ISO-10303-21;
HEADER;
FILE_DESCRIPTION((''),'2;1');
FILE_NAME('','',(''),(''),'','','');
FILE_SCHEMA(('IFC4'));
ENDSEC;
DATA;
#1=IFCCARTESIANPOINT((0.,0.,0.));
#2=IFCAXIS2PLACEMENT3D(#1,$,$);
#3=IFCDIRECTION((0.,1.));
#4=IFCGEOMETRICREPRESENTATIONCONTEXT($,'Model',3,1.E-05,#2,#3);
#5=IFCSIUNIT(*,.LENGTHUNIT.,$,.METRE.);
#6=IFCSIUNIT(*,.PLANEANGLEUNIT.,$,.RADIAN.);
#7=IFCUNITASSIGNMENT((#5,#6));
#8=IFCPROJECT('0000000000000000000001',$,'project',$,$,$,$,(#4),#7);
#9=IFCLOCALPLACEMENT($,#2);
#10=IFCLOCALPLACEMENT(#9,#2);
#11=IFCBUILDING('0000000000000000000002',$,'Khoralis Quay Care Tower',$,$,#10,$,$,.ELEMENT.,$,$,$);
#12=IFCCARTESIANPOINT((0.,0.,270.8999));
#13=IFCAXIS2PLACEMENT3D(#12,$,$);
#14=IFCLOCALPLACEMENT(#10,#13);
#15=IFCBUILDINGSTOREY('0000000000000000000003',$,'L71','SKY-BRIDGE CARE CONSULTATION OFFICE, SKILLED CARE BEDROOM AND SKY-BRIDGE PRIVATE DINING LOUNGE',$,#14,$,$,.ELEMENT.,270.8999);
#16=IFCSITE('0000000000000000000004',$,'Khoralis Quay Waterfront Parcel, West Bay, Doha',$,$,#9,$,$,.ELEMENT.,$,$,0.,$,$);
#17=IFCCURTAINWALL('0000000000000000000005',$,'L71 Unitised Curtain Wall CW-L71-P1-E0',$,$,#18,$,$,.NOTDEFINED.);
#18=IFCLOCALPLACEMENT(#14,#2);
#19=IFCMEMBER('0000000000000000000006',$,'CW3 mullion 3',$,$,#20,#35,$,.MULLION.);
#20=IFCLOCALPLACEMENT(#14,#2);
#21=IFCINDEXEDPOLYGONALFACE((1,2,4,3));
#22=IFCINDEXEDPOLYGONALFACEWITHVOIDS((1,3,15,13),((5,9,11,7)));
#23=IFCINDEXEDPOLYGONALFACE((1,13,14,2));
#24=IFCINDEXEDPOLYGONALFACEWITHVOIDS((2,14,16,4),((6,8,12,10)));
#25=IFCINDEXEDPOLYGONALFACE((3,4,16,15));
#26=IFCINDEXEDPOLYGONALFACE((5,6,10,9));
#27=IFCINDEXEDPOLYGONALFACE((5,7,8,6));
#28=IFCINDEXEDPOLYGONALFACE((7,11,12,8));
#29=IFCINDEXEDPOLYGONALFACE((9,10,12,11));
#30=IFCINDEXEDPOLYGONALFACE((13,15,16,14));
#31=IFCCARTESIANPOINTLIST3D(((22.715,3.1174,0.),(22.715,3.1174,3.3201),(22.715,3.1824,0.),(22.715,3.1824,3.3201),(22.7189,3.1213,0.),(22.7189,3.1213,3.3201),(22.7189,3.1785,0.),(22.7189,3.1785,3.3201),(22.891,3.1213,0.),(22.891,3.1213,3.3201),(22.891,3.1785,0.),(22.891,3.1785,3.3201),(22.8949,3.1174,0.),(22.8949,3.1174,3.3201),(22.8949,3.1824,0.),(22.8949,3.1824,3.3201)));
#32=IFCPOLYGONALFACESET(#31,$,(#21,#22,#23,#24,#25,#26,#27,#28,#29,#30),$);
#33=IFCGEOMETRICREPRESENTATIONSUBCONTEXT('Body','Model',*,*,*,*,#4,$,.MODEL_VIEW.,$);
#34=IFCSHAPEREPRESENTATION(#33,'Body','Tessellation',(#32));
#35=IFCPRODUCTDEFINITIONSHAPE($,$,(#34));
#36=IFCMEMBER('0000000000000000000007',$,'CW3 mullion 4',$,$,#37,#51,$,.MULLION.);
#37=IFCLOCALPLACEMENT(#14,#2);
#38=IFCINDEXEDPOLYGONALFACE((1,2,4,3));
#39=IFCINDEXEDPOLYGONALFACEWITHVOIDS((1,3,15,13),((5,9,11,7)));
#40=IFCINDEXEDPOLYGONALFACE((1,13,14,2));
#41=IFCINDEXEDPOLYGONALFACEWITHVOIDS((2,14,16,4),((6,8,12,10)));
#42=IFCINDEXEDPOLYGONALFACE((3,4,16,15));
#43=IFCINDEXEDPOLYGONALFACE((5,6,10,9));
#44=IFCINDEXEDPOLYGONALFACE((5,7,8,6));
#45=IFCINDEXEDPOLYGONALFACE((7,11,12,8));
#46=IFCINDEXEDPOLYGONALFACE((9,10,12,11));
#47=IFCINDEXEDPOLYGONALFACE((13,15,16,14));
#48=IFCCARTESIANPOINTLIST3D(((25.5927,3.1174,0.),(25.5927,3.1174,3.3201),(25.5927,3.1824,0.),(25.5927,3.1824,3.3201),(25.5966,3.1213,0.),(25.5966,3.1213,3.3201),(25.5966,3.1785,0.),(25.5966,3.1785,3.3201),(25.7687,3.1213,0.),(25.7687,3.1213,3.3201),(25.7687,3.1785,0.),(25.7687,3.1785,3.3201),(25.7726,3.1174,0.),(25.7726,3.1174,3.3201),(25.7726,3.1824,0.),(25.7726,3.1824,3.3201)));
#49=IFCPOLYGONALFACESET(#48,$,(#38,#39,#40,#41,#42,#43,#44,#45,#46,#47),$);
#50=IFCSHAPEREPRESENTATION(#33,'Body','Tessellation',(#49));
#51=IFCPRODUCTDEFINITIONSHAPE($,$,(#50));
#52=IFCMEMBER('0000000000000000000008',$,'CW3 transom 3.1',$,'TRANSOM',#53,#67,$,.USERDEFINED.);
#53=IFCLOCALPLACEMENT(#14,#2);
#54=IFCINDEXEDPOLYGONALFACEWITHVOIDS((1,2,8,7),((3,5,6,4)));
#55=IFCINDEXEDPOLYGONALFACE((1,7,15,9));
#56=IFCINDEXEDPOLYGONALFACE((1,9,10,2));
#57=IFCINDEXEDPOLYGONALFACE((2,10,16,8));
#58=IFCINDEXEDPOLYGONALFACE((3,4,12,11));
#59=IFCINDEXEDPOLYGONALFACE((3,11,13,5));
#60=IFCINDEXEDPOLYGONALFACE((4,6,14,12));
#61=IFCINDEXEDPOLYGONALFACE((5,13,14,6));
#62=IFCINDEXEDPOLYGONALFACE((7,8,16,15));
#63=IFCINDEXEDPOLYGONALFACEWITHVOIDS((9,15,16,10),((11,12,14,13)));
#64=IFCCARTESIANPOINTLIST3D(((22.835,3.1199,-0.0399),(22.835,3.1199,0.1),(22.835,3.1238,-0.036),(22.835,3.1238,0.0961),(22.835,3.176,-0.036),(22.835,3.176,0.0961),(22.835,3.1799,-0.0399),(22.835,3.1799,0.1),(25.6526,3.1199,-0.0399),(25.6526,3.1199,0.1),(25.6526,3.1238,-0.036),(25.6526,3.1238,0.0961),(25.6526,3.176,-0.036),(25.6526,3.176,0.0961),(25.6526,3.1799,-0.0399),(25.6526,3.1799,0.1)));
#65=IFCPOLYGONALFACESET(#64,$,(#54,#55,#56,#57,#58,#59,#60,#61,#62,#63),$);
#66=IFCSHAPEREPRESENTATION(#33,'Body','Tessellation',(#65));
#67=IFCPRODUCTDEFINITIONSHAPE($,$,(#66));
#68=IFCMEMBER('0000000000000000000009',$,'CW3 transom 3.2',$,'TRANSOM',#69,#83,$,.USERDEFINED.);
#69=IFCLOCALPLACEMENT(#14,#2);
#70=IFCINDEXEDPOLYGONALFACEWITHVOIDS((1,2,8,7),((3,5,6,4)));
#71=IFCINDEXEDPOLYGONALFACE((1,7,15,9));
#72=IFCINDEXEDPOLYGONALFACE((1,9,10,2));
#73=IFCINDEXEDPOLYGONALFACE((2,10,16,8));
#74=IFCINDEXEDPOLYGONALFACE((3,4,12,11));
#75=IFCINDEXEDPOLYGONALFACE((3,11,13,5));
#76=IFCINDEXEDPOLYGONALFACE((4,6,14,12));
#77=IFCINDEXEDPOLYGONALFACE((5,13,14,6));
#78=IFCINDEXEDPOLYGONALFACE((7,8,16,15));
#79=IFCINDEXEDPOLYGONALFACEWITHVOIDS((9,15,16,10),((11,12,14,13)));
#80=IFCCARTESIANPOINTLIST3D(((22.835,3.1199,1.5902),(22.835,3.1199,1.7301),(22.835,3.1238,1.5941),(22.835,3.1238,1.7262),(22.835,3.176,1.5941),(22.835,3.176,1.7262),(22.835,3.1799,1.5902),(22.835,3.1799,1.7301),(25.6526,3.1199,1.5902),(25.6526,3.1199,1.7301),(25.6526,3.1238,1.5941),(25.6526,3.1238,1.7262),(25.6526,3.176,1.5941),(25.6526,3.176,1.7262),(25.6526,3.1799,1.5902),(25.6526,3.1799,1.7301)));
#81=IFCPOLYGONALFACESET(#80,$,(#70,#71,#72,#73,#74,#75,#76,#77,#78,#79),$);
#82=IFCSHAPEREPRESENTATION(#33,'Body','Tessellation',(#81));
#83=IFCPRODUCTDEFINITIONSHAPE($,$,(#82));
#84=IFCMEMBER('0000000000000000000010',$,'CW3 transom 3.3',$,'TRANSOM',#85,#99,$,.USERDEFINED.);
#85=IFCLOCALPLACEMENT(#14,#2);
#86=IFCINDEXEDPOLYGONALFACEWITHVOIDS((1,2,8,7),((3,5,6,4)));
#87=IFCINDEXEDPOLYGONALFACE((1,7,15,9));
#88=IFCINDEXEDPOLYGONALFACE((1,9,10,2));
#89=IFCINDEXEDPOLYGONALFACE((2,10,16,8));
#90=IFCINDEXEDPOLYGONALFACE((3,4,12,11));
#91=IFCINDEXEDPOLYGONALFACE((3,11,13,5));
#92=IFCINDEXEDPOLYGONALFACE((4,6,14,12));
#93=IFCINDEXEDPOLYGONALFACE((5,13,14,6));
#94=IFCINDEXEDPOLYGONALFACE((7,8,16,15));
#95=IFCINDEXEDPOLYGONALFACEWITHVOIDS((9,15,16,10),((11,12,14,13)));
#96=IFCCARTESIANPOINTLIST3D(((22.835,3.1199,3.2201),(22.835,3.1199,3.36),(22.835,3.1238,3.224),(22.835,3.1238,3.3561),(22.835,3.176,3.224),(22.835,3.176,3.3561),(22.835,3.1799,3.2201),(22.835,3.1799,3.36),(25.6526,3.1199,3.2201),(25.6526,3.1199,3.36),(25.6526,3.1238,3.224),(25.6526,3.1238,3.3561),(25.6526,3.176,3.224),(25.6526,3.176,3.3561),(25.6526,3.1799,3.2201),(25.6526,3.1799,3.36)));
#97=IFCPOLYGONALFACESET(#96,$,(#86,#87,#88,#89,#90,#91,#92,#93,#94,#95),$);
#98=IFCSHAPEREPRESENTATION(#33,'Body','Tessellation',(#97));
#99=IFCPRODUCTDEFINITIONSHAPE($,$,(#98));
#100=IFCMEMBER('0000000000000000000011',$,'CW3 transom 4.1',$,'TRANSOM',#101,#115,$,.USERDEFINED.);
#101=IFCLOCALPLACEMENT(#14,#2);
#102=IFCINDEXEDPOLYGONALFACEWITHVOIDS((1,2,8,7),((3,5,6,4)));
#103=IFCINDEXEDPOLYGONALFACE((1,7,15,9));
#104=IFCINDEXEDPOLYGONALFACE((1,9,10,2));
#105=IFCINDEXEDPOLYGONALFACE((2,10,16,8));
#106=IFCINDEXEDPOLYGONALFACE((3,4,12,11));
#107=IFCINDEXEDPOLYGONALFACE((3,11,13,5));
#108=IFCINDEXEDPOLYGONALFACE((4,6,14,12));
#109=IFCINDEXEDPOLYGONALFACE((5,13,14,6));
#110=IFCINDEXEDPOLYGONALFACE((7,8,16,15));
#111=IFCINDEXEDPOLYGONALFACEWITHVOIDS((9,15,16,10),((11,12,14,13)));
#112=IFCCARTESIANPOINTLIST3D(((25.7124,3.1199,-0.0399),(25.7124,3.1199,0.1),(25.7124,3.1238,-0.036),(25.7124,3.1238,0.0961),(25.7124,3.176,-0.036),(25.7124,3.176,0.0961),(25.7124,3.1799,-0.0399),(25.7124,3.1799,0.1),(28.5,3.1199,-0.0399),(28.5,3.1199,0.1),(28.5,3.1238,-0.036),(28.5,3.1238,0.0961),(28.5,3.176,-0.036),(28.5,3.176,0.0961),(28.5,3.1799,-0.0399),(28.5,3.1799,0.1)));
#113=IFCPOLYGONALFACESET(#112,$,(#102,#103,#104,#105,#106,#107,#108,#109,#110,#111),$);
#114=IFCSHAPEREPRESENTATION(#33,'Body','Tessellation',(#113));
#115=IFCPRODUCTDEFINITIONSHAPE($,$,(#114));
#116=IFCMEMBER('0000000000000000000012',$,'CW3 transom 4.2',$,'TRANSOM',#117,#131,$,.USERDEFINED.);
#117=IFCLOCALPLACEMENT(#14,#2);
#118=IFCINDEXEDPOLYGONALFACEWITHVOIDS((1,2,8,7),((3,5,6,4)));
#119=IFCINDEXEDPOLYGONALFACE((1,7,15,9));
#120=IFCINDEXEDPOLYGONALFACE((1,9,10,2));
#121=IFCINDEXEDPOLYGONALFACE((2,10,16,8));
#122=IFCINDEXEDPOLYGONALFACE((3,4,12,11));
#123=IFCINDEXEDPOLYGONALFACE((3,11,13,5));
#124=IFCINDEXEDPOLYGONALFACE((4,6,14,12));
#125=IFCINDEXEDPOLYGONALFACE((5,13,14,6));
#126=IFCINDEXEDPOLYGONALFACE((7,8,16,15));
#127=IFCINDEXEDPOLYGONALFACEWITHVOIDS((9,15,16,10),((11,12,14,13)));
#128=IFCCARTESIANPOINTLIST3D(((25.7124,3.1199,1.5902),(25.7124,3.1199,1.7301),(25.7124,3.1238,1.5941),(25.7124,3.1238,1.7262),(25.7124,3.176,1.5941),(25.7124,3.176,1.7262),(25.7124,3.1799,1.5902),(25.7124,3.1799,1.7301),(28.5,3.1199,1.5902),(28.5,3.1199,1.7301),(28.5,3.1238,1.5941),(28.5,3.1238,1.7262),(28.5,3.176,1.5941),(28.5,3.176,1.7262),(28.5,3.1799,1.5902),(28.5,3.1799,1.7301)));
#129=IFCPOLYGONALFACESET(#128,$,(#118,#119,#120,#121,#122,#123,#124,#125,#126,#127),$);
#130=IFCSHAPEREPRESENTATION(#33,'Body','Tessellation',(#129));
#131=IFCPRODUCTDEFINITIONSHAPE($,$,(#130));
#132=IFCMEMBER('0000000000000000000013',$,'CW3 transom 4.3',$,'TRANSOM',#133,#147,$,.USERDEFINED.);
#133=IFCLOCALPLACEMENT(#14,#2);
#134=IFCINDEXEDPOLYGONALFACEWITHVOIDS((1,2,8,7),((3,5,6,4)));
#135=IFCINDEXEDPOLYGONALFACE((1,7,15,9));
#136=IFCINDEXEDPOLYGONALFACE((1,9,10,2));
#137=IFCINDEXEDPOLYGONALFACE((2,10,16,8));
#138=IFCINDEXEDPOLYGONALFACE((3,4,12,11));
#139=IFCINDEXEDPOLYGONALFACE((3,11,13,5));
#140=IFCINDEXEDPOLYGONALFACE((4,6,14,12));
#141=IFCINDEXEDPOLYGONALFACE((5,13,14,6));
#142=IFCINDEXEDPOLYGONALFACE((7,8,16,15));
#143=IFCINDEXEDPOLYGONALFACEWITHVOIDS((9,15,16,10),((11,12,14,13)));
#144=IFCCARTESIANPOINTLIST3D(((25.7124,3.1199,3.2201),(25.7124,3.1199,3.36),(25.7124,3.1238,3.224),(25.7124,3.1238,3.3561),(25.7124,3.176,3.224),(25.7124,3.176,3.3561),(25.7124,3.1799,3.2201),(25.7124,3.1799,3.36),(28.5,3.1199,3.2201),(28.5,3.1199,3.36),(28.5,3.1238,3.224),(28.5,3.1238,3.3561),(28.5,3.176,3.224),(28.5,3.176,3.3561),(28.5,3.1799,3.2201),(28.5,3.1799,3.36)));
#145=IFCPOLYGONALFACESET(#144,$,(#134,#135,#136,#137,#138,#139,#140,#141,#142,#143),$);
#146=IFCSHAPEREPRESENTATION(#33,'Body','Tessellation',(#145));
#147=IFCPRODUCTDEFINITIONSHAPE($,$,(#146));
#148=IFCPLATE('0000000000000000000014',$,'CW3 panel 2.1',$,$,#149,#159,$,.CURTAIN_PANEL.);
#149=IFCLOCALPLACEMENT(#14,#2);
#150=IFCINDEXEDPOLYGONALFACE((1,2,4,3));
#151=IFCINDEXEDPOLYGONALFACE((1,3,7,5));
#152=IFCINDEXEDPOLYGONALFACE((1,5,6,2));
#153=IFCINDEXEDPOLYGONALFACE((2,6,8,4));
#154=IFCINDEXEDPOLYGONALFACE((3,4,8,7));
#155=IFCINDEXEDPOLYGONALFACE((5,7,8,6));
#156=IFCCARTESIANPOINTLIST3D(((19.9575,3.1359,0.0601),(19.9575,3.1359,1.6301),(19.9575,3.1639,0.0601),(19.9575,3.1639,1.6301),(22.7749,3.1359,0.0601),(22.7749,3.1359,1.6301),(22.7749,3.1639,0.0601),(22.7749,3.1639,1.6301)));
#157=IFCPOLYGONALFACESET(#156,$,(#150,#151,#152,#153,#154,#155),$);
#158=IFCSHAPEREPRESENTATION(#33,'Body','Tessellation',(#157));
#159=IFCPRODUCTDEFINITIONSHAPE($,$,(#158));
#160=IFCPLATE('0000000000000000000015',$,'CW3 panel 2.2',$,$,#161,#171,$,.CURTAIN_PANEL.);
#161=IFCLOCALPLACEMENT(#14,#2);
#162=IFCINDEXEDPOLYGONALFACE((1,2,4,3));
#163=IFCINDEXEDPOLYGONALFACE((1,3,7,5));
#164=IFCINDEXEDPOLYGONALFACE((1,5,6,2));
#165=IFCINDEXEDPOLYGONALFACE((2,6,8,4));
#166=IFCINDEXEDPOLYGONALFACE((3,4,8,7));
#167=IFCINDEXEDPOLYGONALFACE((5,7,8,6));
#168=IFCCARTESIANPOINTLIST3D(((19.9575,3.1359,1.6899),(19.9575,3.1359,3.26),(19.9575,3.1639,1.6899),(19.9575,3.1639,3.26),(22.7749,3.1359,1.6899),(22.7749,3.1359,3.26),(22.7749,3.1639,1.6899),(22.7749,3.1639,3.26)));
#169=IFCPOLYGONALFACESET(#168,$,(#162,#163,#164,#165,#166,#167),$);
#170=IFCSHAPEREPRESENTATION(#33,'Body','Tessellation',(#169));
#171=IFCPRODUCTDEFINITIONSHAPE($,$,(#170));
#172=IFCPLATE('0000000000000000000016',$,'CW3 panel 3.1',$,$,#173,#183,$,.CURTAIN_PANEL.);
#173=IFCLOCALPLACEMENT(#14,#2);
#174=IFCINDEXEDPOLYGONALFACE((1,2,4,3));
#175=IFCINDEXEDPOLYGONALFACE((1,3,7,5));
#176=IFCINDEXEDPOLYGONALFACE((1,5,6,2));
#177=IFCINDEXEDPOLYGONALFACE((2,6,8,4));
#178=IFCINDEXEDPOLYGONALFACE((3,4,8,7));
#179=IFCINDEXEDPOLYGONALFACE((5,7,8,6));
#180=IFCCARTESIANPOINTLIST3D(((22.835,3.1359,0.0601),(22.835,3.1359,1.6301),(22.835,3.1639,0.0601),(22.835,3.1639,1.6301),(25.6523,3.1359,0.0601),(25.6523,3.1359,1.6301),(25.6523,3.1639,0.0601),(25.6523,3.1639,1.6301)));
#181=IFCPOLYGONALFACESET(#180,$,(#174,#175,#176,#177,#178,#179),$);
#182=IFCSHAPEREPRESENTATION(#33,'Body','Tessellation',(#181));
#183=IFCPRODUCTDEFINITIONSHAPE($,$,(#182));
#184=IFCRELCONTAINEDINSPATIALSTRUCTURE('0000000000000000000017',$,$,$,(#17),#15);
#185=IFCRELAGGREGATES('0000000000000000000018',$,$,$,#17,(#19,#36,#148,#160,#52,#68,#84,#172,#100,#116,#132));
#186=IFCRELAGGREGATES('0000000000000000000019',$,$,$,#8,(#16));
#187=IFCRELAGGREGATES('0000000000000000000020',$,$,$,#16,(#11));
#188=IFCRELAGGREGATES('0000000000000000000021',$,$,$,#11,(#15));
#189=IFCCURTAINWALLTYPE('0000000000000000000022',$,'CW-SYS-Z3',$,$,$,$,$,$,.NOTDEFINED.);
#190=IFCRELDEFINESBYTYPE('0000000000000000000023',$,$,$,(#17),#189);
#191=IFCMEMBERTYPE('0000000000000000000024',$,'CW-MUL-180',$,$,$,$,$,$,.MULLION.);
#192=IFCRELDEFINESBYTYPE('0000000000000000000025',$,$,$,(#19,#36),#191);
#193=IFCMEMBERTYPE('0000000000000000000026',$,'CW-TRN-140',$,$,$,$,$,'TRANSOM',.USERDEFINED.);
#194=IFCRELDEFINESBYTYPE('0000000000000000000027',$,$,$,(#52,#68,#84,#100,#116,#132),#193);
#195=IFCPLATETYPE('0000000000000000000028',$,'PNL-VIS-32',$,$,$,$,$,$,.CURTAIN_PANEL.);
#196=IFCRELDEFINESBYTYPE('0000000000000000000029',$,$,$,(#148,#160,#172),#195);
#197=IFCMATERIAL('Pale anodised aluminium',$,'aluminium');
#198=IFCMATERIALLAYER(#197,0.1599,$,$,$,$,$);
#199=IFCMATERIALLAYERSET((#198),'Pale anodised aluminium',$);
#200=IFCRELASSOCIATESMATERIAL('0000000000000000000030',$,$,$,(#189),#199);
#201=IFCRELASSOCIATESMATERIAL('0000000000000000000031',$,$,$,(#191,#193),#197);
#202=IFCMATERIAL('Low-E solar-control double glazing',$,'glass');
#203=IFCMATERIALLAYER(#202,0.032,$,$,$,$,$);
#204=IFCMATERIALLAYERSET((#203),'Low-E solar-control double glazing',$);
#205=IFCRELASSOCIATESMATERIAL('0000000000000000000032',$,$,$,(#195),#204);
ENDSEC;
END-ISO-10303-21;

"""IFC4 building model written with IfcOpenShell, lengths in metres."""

from ifc_helpers import new_model, si_unit, direction, frame, origin, origin_2d, place, context, subcontext, project, spatial, rectangle, hollow_rectangle, extrude, source, transform, mapped, material, layer, layer_set, material_profile, profile_set, type_object, element, aggregate, save


model = new_model("IFC4")

# Units and contexts
model_context = context("Model", 3, precision=1e-05, world=origin(), true_north=direction((0.0, 1.0)))
body_context = subcontext(model_context, "Body", "Model", "MODEL_VIEW")
ifc_project = project(units=[si_unit("LENGTHUNIT", "METRE"), si_unit("PLANEANGLEUNIT", "RADIAN")], contexts=[model_context])

# Site, building, storey
site_placement = place(None, origin())
site = spatial("IfcSite", under=ifc_project, at=site_placement, Name="Khoralis Quay Waterfront Parcel, West Bay, Doha", CompositionType="ELEMENT", RefElevation=0.0)
building_placement = place(site_placement, origin())
building = spatial("IfcBuilding", under=site, at=building_placement, Name="Khoralis Quay Care Tower", CompositionType="ELEMENT")
storey_placement = place(building_placement, frame((0.0, 0.0, 270.8999)))
storey = spatial("IfcBuildingStorey", under=building, at=storey_placement, Name="L71", Description="SKY-BRIDGE CARE CONSULTATION OFFICE, SKILLED CARE BEDROOM AND SKY-BRIDGE PRIVATE DINING LOUNGE", CompositionType="ELEMENT", Elevation=270.8999)

# Curtain wall, members, plates
ifc_material_1 = material(Name="Pale anodised aluminium", Category="aluminium")
ifc_layer_1 = layer(ifc_material_1, 0.1599)
ifc_layer_set_1 = layer_set([ifc_layer_1], Name="Pale anodised aluminium")
curtain_wall_type = type_object("IfcCurtainWallType", Name="CW-SYS-Z3", PredefinedType="NOTDEFINED", material=ifc_layer_set_1)
curtain_wall_placement = place(storey_placement, origin())
curtain_wall = element("IfcCurtainWall", 1, at=curtain_wall_placement, inside=storey, type_object=curtain_wall_type, Name="L71 Unitised Curtain Wall CW-L71-P1-E0", PredefinedType="NOTDEFINED")
ifc_material_profile_1 = material_profile(ifc_material_1, hollow_rectangle(XDim=0.0649, YDim=0.1799, WallThickness=0.0039, at=origin_2d()), Name="Pale anodised aluminium")
ifc_profile_set_1 = profile_set([ifc_material_profile_1], Name="Pale anodised aluminium")
member_type_1 = type_object("IfcMemberType", Name="CW-MUL-180", PredefinedType="MULLION", material=ifc_profile_set_1)
shared_shape_1 = source(origin(), body_context, "Body", "SweptSolid", [
    extrude(hollow_rectangle(XDim=0.0649, YDim=0.1799, WallThickness=0.0039, at=origin_2d()), origin(), (0.0, 0.0, 1.0), 3.3201),
])
member_1_placement = place(storey_placement, frame((22.8049, 3.1499, 0.0), z_axis=(0.0, 0.0, 1.0), x_axis=(0.0, 1.0, 0.0)))
member_1 = element("IfcMember", 2, at=member_1_placement, type_object=member_type_1, Name="CW3 mullion 3", PredefinedType="MULLION", context=body_context, shape_type="MappedRepresentation", body=[
    mapped(shared_shape_1, transform((0.0, 0.0, 0.0), scale=1.0)),
])
member_2_placement = place(storey_placement, frame((25.6826, 3.1499, 0.0), z_axis=(0.0, 0.0, 1.0), x_axis=(0.0, 1.0, 0.0)))
member_2 = element("IfcMember", 3, at=member_2_placement, type_object=member_type_1, Name="CW3 mullion 4", PredefinedType="MULLION", context=body_context, shape_type="MappedRepresentation", body=[
    mapped(shared_shape_1, transform((0.0, 0.0, 0.0), scale=1.0)),
])
ifc_material_profile_2 = material_profile(ifc_material_1, hollow_rectangle(XDim=0.0601, YDim=0.1399, WallThickness=0.0039, at=origin_2d()), Name="Pale anodised aluminium")
ifc_profile_set_2 = profile_set([ifc_material_profile_2], Name="Pale anodised aluminium")
member_type_2 = type_object("IfcMemberType", Name="CW-TRN-140", ElementType="TRANSOM", PredefinedType="USERDEFINED", material=ifc_profile_set_2)
shared_shape_2 = source(origin(), body_context, "Body", "SweptSolid", [
    extrude(hollow_rectangle(XDim=0.0601, YDim=0.1399, WallThickness=0.0039, at=origin_2d()), origin(), (0.0, 0.0, 1.0), 2.8176),
])
member_3_placement = place(storey_placement, frame((22.835, 3.1499, 0.03), z_axis=(1.0, 0.0, 0.0), x_axis=(0.0, 1.0, 0.0)))
member_3 = element("IfcMember", 4, at=member_3_placement, type_object=member_type_2, Name="CW3 transom 3.1", ObjectType="TRANSOM", PredefinedType="USERDEFINED", context=body_context, shape_type="MappedRepresentation", body=[
    mapped(shared_shape_2, transform((0.0, 0.0, 0.0), scale=1.0)),
])
member_4_placement = place(storey_placement, frame((22.835, 3.1499, 1.6602), z_axis=(1.0, 0.0, 0.0), x_axis=(0.0, 1.0, 0.0)))
member_4 = element("IfcMember", 5, at=member_4_placement, type_object=member_type_2, Name="CW3 transom 3.2", ObjectType="TRANSOM", PredefinedType="USERDEFINED", context=body_context, shape_type="MappedRepresentation", body=[
    mapped(shared_shape_2, transform((0.0, 0.0, 0.0), scale=1.0)),
])
member_5_placement = place(storey_placement, frame((22.835, 3.1499, 3.29), z_axis=(1.0, 0.0, 0.0), x_axis=(0.0, 1.0, 0.0)))
member_5 = element("IfcMember", 6, at=member_5_placement, type_object=member_type_2, Name="CW3 transom 3.3", ObjectType="TRANSOM", PredefinedType="USERDEFINED", context=body_context, shape_type="MappedRepresentation", body=[
    mapped(shared_shape_2, transform((0.0, 0.0, 0.0), scale=1.0)),
])
shared_shape_3 = source(origin(), body_context, "Body", "SweptSolid", [
    extrude(hollow_rectangle(XDim=0.0601, YDim=0.1399, WallThickness=0.0039, at=origin_2d()), origin(), (0.0, 0.0, 1.0), 2.7876),
])
member_6_placement = place(storey_placement, frame((25.7124, 3.1499, 0.03), z_axis=(1.0, 0.0, 0.0), x_axis=(0.0, 1.0, 0.0)))
member_6 = element("IfcMember", 7, at=member_6_placement, type_object=member_type_2, Name="CW3 transom 4.1", ObjectType="TRANSOM", PredefinedType="USERDEFINED", context=body_context, shape_type="MappedRepresentation", body=[
    mapped(shared_shape_3, transform((0.0, 0.0, 0.0), scale=1.0)),
])
member_7_placement = place(storey_placement, frame((25.7124, 3.1499, 1.6602), z_axis=(1.0, 0.0, 0.0), x_axis=(0.0, 1.0, 0.0)))
member_7 = element("IfcMember", 8, at=member_7_placement, type_object=member_type_2, Name="CW3 transom 4.2", ObjectType="TRANSOM", PredefinedType="USERDEFINED", context=body_context, shape_type="MappedRepresentation", body=[
    mapped(shared_shape_3, transform((0.0, 0.0, 0.0), scale=1.0)),
])
member_8_placement = place(storey_placement, frame((25.7124, 3.1499, 3.29), z_axis=(1.0, 0.0, 0.0), x_axis=(0.0, 1.0, 0.0)))
member_8 = element("IfcMember", 9, at=member_8_placement, type_object=member_type_2, Name="CW3 transom 4.3", ObjectType="TRANSOM", PredefinedType="USERDEFINED", context=body_context, shape_type="MappedRepresentation", body=[
    mapped(shared_shape_3, transform((0.0, 0.0, 0.0), scale=1.0)),
])
ifc_material_2 = material(Name="Low-E solar-control double glazing", Category="glass")
ifc_layer_2 = layer(ifc_material_2, 0.032)
ifc_layer_set_2 = layer_set([ifc_layer_2], Name="Low-E solar-control double glazing")
plate_type = type_object("IfcPlateType", Name="PNL-VIS-32", PredefinedType="CURTAIN_PANEL", material=ifc_layer_set_2)
shared_shape_4 = source(origin(), body_context, "Body", "SweptSolid", [
    extrude(rectangle(XDim=2.8174, YDim=0.0281, at=origin_2d()), origin(), (0.0, 0.0, 1.0), 1.5701),
])
plate_1_placement = place(storey_placement, frame((21.3662, 3.1499, 0.0601), z_axis=(0.0, 0.0, 1.0), x_axis=(1.0, 0.0, 0.0)))
plate_1 = element("IfcPlate", 10, at=plate_1_placement, type_object=plate_type, Name="CW3 panel 2.1", PredefinedType="CURTAIN_PANEL", context=body_context, shape_type="MappedRepresentation", body=[
    mapped(shared_shape_4, transform((0.0, 0.0, 0.0), scale=1.0)),
])
plate_2_placement = place(storey_placement, frame((21.3662, 3.1499, 1.6899), z_axis=(0.0, 0.0, 1.0), x_axis=(1.0, 0.0, 0.0)))
plate_2 = element("IfcPlate", 11, at=plate_2_placement, type_object=plate_type, Name="CW3 panel 2.2", PredefinedType="CURTAIN_PANEL", context=body_context, shape_type="MappedRepresentation", body=[
    mapped(shared_shape_4, transform((0.0, 0.0, 0.0), scale=1.0)),
])
plate_3_placement = place(storey_placement, frame((24.2437, 3.1499, 0.0601), z_axis=(0.0, 0.0, 1.0), x_axis=(1.0, 0.0, 0.0)))
plate_3 = element("IfcPlate", 12, at=plate_3_placement, type_object=plate_type, Name="CW3 panel 3.1", PredefinedType="CURTAIN_PANEL", context=body_context, shape_type="MappedRepresentation", body=[
    mapped(shared_shape_4, transform((0.0, 0.0, 0.0), scale=1.0)),
])
aggregate(curtain_wall, [member_1, member_2, plate_1, plate_2, member_3, member_4, member_5, plate_3, member_6, member_7, member_8])

save(model, "model.ifc")
